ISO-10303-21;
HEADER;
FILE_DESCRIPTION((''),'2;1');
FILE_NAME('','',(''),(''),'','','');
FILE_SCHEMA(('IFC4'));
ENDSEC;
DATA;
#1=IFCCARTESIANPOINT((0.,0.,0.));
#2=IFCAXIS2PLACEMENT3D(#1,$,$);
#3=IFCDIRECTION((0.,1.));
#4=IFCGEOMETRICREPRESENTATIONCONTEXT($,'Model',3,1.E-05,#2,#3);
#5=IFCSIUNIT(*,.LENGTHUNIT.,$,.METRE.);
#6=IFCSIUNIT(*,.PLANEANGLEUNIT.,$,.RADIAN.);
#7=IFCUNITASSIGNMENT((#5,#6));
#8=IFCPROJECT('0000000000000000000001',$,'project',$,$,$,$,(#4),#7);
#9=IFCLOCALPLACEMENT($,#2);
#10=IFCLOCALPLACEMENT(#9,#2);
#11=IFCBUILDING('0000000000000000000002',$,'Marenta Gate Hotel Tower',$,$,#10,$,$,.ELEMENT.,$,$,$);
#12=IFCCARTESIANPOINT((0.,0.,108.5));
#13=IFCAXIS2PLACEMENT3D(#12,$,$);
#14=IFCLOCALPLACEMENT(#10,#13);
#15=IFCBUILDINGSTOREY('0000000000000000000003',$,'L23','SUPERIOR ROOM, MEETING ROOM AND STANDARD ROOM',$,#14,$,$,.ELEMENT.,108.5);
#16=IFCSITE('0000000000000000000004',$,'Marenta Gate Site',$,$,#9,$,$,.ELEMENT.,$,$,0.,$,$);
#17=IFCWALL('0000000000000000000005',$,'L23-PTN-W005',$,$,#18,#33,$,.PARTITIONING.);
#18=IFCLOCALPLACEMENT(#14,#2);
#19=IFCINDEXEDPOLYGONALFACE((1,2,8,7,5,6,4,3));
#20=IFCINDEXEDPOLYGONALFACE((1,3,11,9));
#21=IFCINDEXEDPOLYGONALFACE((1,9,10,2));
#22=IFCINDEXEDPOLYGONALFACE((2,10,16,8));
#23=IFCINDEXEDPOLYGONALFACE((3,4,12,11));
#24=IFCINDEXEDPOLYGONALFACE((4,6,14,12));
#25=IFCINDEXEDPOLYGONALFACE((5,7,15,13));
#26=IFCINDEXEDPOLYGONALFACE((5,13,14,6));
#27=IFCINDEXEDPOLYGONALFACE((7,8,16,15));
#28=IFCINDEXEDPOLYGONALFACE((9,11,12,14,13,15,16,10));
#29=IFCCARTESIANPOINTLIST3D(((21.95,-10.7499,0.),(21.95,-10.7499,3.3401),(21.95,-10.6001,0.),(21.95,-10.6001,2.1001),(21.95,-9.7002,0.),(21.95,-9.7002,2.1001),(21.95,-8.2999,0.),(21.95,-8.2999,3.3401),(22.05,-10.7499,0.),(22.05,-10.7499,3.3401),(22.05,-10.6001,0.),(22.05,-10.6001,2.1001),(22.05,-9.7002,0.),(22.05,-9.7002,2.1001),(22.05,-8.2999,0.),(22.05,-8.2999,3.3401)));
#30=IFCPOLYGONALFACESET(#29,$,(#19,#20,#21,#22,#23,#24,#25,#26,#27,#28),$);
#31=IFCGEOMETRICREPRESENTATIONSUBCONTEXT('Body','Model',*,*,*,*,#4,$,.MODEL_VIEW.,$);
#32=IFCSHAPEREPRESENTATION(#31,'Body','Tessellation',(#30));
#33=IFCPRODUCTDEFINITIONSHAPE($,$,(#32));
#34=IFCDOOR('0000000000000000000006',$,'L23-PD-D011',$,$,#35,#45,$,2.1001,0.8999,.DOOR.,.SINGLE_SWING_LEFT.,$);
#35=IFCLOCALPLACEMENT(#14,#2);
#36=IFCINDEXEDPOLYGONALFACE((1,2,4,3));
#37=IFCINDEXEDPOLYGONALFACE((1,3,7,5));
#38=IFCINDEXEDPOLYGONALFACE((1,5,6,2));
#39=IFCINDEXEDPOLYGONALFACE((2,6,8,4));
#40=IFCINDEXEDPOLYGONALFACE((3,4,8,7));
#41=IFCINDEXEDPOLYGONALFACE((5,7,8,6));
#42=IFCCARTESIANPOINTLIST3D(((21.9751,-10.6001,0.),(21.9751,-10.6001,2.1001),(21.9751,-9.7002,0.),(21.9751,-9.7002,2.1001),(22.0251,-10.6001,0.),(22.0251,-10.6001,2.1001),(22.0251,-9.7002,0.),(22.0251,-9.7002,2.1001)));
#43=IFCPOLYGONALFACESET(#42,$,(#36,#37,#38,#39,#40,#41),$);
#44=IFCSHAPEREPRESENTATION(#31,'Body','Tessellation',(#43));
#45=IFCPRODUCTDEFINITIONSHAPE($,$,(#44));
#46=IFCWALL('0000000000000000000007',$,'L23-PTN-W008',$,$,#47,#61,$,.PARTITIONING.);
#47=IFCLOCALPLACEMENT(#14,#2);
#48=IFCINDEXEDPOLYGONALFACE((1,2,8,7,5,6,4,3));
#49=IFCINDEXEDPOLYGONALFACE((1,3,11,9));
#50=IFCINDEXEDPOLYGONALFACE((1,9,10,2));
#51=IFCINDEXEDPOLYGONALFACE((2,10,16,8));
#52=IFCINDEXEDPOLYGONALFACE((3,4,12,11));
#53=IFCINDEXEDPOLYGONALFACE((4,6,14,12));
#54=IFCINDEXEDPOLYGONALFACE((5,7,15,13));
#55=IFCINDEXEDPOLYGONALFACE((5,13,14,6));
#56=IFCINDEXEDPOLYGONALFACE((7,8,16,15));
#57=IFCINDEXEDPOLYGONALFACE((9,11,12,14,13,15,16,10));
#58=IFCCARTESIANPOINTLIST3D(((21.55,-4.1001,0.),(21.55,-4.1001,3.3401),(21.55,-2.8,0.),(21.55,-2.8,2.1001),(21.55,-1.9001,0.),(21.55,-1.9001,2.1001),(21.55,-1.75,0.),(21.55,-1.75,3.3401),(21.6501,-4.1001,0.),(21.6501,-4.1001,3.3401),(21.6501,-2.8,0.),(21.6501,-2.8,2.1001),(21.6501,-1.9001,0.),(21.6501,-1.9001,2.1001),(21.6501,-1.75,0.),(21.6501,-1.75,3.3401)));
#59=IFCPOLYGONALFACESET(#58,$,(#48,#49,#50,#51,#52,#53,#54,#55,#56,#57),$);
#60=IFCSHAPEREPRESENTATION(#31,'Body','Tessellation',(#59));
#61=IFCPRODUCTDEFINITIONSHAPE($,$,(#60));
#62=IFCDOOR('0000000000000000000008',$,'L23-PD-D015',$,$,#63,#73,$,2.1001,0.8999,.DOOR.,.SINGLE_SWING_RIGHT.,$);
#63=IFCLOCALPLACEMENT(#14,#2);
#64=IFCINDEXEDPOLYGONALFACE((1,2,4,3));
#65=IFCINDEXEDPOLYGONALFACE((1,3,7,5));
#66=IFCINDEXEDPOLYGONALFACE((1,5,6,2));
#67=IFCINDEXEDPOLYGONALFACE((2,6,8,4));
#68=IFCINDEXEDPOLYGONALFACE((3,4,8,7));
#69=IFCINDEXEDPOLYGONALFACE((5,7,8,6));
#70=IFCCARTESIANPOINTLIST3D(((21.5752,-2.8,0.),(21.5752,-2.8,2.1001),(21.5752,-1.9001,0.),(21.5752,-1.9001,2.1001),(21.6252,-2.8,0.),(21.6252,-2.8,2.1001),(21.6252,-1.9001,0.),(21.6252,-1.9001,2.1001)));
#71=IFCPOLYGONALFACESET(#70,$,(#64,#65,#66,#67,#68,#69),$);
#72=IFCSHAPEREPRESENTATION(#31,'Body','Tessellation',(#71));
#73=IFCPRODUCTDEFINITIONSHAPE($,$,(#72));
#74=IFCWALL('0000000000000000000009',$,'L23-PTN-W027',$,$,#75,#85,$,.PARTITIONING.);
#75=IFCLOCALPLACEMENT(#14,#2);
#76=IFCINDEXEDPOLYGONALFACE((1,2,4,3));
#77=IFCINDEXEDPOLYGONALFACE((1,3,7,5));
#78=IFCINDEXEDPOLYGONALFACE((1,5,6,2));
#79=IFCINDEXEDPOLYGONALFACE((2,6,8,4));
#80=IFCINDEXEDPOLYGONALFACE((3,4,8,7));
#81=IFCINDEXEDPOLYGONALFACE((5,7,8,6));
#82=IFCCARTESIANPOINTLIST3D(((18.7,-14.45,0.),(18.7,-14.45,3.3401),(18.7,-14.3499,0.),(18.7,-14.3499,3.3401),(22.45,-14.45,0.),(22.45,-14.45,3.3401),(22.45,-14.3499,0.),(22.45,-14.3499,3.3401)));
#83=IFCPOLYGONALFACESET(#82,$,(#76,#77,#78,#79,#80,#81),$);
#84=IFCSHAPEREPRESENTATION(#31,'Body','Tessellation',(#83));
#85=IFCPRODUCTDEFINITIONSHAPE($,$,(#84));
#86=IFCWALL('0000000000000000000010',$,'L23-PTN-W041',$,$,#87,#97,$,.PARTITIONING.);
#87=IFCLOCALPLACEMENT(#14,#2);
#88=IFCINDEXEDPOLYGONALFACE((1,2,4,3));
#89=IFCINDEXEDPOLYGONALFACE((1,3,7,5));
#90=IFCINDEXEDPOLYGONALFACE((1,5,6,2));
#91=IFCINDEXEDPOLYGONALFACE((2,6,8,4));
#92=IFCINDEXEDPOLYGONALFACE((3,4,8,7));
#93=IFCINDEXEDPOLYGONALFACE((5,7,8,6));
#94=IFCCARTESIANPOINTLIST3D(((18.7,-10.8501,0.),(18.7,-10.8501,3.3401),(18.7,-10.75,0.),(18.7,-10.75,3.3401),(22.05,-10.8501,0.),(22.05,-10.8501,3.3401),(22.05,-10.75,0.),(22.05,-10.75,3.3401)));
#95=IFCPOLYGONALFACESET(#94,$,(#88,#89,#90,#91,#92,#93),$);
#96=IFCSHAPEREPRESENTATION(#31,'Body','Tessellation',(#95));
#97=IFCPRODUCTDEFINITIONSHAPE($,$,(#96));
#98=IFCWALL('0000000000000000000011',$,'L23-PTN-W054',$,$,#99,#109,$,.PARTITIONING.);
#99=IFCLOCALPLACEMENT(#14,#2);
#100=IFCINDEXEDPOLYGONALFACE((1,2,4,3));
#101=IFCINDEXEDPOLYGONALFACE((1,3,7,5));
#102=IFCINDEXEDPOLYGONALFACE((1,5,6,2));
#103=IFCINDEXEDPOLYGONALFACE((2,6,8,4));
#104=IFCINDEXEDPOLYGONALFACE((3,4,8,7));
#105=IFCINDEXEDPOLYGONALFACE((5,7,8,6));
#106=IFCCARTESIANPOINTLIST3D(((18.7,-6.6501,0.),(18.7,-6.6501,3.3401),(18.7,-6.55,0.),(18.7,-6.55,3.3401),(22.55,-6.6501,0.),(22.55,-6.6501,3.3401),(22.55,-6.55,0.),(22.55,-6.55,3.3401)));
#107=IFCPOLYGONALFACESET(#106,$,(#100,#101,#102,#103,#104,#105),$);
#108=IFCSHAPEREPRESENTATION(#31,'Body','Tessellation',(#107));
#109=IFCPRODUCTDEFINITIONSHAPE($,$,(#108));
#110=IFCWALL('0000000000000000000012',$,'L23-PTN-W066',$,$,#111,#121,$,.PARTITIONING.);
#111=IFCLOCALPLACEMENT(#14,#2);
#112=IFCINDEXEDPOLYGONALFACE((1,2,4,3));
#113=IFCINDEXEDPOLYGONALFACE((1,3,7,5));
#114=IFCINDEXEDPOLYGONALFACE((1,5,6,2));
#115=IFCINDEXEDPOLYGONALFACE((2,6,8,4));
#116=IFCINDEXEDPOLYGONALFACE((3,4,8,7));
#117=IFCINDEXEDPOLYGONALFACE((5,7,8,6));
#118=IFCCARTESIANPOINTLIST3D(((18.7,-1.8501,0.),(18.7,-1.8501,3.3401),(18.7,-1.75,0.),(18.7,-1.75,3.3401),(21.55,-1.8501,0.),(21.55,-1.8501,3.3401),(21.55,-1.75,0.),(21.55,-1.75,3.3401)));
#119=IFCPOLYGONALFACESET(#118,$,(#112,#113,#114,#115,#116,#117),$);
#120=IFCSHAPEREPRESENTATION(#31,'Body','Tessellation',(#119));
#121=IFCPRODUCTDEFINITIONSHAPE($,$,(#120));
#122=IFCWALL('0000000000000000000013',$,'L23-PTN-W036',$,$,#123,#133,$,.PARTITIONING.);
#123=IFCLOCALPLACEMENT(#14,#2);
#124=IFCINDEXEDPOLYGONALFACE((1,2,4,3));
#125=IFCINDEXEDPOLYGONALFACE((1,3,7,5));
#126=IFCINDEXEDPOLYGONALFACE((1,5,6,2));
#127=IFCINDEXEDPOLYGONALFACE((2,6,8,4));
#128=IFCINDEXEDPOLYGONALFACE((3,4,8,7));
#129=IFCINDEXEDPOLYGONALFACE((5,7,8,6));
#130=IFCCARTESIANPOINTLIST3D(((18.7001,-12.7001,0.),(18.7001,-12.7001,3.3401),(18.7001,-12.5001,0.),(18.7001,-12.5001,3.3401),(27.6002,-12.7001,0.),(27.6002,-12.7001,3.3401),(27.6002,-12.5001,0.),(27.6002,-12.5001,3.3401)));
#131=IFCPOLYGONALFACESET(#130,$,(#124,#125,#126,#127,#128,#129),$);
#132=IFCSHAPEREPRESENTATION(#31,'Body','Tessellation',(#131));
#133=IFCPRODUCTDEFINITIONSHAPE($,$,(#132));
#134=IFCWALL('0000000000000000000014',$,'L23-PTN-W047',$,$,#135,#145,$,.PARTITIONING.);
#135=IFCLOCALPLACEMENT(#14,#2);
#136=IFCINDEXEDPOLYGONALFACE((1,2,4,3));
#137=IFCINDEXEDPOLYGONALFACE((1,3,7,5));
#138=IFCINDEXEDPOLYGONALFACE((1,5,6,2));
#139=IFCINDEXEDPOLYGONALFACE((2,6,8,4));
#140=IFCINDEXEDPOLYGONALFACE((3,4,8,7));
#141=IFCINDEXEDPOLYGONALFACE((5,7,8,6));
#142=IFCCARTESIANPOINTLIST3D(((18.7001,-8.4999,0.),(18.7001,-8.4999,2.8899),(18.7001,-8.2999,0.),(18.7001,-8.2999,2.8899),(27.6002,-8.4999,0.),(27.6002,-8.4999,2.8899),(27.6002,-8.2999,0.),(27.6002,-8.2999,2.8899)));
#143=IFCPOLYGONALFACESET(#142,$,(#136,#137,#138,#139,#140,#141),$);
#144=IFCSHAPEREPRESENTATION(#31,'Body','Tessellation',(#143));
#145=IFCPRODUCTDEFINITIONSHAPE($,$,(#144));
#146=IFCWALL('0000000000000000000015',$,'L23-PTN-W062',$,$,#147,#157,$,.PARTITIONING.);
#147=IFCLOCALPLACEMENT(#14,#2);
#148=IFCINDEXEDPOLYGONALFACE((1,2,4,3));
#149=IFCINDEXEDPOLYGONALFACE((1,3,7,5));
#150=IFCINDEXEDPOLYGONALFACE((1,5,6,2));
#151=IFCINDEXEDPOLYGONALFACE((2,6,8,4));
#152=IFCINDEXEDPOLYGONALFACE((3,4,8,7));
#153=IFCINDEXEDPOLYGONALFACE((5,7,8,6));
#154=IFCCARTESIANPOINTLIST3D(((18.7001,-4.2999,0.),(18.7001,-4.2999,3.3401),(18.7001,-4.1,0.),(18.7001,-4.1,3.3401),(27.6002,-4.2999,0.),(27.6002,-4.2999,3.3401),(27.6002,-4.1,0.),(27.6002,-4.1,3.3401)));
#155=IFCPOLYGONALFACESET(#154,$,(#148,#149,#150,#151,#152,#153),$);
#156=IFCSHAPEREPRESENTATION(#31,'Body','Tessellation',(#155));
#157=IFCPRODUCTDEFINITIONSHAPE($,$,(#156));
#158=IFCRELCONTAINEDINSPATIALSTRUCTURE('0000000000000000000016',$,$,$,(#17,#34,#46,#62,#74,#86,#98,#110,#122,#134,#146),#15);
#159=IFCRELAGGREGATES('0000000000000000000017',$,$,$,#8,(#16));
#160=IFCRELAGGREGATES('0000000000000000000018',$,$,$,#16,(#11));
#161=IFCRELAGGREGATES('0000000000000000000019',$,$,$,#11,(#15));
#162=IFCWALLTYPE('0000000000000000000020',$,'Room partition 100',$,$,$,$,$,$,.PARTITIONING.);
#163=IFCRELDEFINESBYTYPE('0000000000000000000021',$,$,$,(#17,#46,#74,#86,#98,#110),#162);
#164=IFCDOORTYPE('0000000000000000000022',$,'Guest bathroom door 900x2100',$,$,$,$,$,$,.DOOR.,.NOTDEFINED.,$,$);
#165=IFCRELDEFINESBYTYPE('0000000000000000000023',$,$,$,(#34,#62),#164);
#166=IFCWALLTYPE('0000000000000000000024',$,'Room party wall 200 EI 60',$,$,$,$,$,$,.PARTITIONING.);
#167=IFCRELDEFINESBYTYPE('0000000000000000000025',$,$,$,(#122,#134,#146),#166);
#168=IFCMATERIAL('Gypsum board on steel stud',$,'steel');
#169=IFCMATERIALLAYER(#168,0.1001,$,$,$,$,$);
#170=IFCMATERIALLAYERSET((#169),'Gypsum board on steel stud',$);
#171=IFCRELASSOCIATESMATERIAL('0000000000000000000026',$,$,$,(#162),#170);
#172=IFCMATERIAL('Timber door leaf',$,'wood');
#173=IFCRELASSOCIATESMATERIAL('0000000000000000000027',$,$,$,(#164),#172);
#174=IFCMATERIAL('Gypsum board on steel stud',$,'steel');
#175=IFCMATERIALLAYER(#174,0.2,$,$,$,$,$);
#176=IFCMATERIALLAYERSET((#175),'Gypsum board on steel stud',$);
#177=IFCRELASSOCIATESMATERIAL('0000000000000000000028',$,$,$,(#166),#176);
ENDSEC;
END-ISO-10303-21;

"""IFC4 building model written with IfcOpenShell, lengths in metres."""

from ifc_helpers import new_model, si_unit, direction, frame, frame_2d, origin, place, context, subcontext, project, spatial, rectangle, extrude, material, layer, layer_set, type_object, element, fill, save


model = new_model("IFC4")

# Units and contexts
model_context = context("Model", 3, precision=1e-05, world=origin(), true_north=direction((0.0, 1.0)))
body_context = subcontext(model_context, "Body", "Model", "MODEL_VIEW")
ifc_project = project(units=[si_unit("LENGTHUNIT", "METRE"), si_unit("PLANEANGLEUNIT", "RADIAN")], contexts=[model_context])

# Site, building, storey
site_placement = place(None, origin())
site = spatial("IfcSite", under=ifc_project, at=site_placement, Name="Marenta Gate Site", CompositionType="ELEMENT", RefElevation=0.0)
building_placement = place(site_placement, origin())
building = spatial("IfcBuilding", under=site, at=building_placement, Name="Marenta Gate Hotel Tower", CompositionType="ELEMENT")
storey_placement = place(building_placement, frame((0.0, 0.0, 108.5)))
storey = spatial("IfcBuildingStorey", under=building, at=storey_placement, Name="L23", Description="SUPERIOR ROOM, MEETING ROOM AND STANDARD ROOM", CompositionType="ELEMENT", Elevation=108.5)

# Walls, openings, doors
ifc_material_1 = material(Name="Gypsum board on steel stud", Category="steel")
ifc_layer_1 = layer(ifc_material_1, 0.1001)
ifc_layer_set_1 = layer_set([ifc_layer_1], Name="Gypsum board on steel stud")
wall_type_1 = type_object("IfcWallType", Name="Room partition 100", PredefinedType="PARTITIONING", material=ifc_layer_set_1)
ifc_material_2 = material(Name="Timber door leaf", Category="wood")
door_type_1 = type_object("IfcDoorType", Name="Guest bathroom door 900x2100", OperationType="NOTDEFINED", PredefinedType="DOOR", material=ifc_material_2)
wall_1_placement = place(storey_placement, frame((22.0, -10.75, 0.0), z_axis=(0.0, 0.0, 1.0), x_axis=(0.0, 1.0, 0.0)))
wall_1 = element("IfcWall", 1, at=wall_1_placement, inside=storey, type_object=wall_type_1, Name="L23-PTN-W005", PredefinedType="PARTITIONING", context=body_context, shape_type="SweptSolid", body=[
    extrude(rectangle(XDim=2.45, YDim=0.1001, at=frame_2d((1.2251, 0.0))), origin(), (0.0, 0.0, 1.0), 3.3401),
])
opening_1_placement = place(wall_1_placement, frame((0.1499, 0.0, 0.0)))
opening_1 = element("IfcOpeningElement", 2, at=opening_1_placement, cuts=wall_1, PredefinedType="OPENING", context=body_context, shape_type="SweptSolid", body=[
    extrude(rectangle(XDim=0.8999, YDim=2.1001, at=frame_2d((0.45, 1.05))), frame((0.0, 0.05, 0.0), z_axis=(0.0, -1.0, 0.0), x_axis=(1.0, 0.0, 0.0)), (0.0, 0.0, 1.0), 0.1001),
])
door_1_placement = place(opening_1_placement, origin())
door_1 = element("IfcDoor", 3, at=door_1_placement, inside=storey, type_object=door_type_1, Name="L23-PD-D011", OperationType="SINGLE_SWING_LEFT", OverallHeight=2.1001, OverallWidth=0.8999, PredefinedType="DOOR", context=body_context, shape_type="SweptSolid", body=[
    extrude(rectangle(XDim=0.8999, YDim=2.1001, at=frame_2d((0.45, 1.05))), frame((0.0, 0.0249, 0.0), z_axis=(0.0, -1.0, 0.0), x_axis=(1.0, 0.0, 0.0)), (0.0, 0.0, 1.0), 0.05),
])
fill(opening_1, door_1)
wall_2_placement = place(storey_placement, frame((21.6001, -4.1001, 0.0), z_axis=(0.0, 0.0, 1.0), x_axis=(0.0, 1.0, 0.0)))
wall_2 = element("IfcWall", 4, at=wall_2_placement, inside=storey, type_object=wall_type_1, Name="L23-PTN-W008", PredefinedType="PARTITIONING", context=body_context, shape_type="SweptSolid", body=[
    extrude(rectangle(XDim=2.3501, YDim=0.1001, at=frame_2d((1.175, 0.0))), origin(), (0.0, 0.0, 1.0), 3.3401),
])
opening_2_placement = place(wall_2_placement, frame((1.3, 0.0, 0.0)))
opening_2 = element("IfcOpeningElement", 5, at=opening_2_placement, cuts=wall_2, PredefinedType="OPENING", context=body_context, shape_type="SweptSolid", body=[
    extrude(rectangle(XDim=0.8999, YDim=2.1001, at=frame_2d((0.45, 1.05))), frame((0.0, 0.05, 0.0), z_axis=(0.0, -1.0, 0.0), x_axis=(1.0, 0.0, 0.0)), (0.0, 0.0, 1.0), 0.1001),
])
door_2_placement = place(opening_2_placement, origin())
door_2 = element("IfcDoor", 6, at=door_2_placement, inside=storey, type_object=door_type_1, Name="L23-PD-D015", OperationType="SINGLE_SWING_RIGHT", OverallHeight=2.1001, OverallWidth=0.8999, PredefinedType="DOOR", context=body_context, shape_type="SweptSolid", body=[
    extrude(rectangle(XDim=0.8999, YDim=2.1001, at=frame_2d((0.45, 1.05))), frame((0.0, 0.0249, 0.0), z_axis=(0.0, -1.0, 0.0), x_axis=(1.0, 0.0, 0.0)), (0.0, 0.0, 1.0), 0.05),
])
fill(opening_2, door_2)

# Walls
wall_3_placement = place(storey_placement, frame((18.7, -14.3999, 0.0), z_axis=(0.0, 0.0, 1.0), x_axis=(1.0, 0.0, 0.0)))
element("IfcWall", 7, at=wall_3_placement, inside=storey, type_object=wall_type_1, Name="L23-PTN-W027", PredefinedType="PARTITIONING", context=body_context, shape_type="SweptSolid", body=[
    extrude(rectangle(XDim=3.75, YDim=0.1001, at=frame_2d((1.875, 0.0))), origin(), (0.0, 0.0, 1.0), 3.3401),
])
wall_4_placement = place(storey_placement, frame((18.7, -10.8, 0.0), z_axis=(0.0, 0.0, 1.0), x_axis=(1.0, 0.0, 0.0)))
element("IfcWall", 8, at=wall_4_placement, inside=storey, type_object=wall_type_1, Name="L23-PTN-W041", PredefinedType="PARTITIONING", context=body_context, shape_type="SweptSolid", body=[
    extrude(rectangle(XDim=3.3501, YDim=0.1001, at=frame_2d((1.675, 0.0))), origin(), (0.0, 0.0, 1.0), 3.3401),
])
wall_5_placement = place(storey_placement, frame((18.7, -6.6001, 0.0), z_axis=(0.0, 0.0, 1.0), x_axis=(1.0, 0.0, 0.0)))
element("IfcWall", 9, at=wall_5_placement, inside=storey, type_object=wall_type_1, Name="L23-PTN-W054", PredefinedType="PARTITIONING", context=body_context, shape_type="SweptSolid", body=[
    extrude(rectangle(XDim=3.8501, YDim=0.1001, at=frame_2d((1.925, 0.0))), origin(), (0.0, 0.0, 1.0), 3.3401),
])
wall_6_placement = place(storey_placement, frame((18.7, -1.8, 0.0), z_axis=(0.0, 0.0, 1.0), x_axis=(1.0, 0.0, 0.0)))
element("IfcWall", 10, at=wall_6_placement, inside=storey, type_object=wall_type_1, Name="L23-PTN-W066", PredefinedType="PARTITIONING", context=body_context, shape_type="SweptSolid", body=[
    extrude(rectangle(XDim=2.8501, YDim=0.1001, at=frame_2d((1.425, 0.0))), origin(), (0.0, 0.0, 1.0), 3.3401),
])
ifc_material_3 = material(Name="Gypsum board on steel stud", Category="steel")
ifc_layer_2 = layer(ifc_material_3, 0.2)
ifc_layer_set_2 = layer_set([ifc_layer_2], Name="Gypsum board on steel stud")
wall_type_2 = type_object("IfcWallType", Name="Room party wall 200 EI 60", PredefinedType="PARTITIONING", material=ifc_layer_set_2)
wall_7_placement = place(storey_placement, frame((18.7, -12.6001, 0.0), z_axis=(0.0, 0.0, 1.0), x_axis=(1.0, 0.0, 0.0)))
element("IfcWall", 11, at=wall_7_placement, inside=storey, type_object=wall_type_2, Name="L23-PTN-W036", PredefinedType="PARTITIONING", context=body_context, shape_type="SweptSolid", body=[
    extrude(rectangle(XDim=8.9001, YDim=0.2, at=frame_2d((4.4502, 0.0))), origin(), (0.0, 0.0, 1.0), 3.3401),
])
wall_8_placement = place(storey_placement, frame((18.7, -8.3999, 0.0), z_axis=(0.0, 0.0, 1.0), x_axis=(1.0, 0.0, 0.0)))
element("IfcWall", 12, at=wall_8_placement, inside=storey, type_object=wall_type_2, Name="L23-PTN-W047", PredefinedType="PARTITIONING", context=body_context, shape_type="SweptSolid", body=[
    extrude(rectangle(XDim=8.9001, YDim=0.2, at=frame_2d((4.4502, 0.0))), origin(), (0.0, 0.0, 1.0), 2.8899),
])
wall_9_placement = place(storey_placement, frame((18.7, -4.2, 0.0), z_axis=(0.0, 0.0, 1.0), x_axis=(1.0, 0.0, 0.0)))
element("IfcWall", 13, at=wall_9_placement, inside=storey, type_object=wall_type_2, Name="L23-PTN-W062", PredefinedType="PARTITIONING", context=body_context, shape_type="SweptSolid", body=[
    extrude(rectangle(XDim=8.9001, YDim=0.2, at=frame_2d((4.4502, 0.0))), origin(), (0.0, 0.0, 1.0), 3.3401),
])

save(model, "model.ifc")
